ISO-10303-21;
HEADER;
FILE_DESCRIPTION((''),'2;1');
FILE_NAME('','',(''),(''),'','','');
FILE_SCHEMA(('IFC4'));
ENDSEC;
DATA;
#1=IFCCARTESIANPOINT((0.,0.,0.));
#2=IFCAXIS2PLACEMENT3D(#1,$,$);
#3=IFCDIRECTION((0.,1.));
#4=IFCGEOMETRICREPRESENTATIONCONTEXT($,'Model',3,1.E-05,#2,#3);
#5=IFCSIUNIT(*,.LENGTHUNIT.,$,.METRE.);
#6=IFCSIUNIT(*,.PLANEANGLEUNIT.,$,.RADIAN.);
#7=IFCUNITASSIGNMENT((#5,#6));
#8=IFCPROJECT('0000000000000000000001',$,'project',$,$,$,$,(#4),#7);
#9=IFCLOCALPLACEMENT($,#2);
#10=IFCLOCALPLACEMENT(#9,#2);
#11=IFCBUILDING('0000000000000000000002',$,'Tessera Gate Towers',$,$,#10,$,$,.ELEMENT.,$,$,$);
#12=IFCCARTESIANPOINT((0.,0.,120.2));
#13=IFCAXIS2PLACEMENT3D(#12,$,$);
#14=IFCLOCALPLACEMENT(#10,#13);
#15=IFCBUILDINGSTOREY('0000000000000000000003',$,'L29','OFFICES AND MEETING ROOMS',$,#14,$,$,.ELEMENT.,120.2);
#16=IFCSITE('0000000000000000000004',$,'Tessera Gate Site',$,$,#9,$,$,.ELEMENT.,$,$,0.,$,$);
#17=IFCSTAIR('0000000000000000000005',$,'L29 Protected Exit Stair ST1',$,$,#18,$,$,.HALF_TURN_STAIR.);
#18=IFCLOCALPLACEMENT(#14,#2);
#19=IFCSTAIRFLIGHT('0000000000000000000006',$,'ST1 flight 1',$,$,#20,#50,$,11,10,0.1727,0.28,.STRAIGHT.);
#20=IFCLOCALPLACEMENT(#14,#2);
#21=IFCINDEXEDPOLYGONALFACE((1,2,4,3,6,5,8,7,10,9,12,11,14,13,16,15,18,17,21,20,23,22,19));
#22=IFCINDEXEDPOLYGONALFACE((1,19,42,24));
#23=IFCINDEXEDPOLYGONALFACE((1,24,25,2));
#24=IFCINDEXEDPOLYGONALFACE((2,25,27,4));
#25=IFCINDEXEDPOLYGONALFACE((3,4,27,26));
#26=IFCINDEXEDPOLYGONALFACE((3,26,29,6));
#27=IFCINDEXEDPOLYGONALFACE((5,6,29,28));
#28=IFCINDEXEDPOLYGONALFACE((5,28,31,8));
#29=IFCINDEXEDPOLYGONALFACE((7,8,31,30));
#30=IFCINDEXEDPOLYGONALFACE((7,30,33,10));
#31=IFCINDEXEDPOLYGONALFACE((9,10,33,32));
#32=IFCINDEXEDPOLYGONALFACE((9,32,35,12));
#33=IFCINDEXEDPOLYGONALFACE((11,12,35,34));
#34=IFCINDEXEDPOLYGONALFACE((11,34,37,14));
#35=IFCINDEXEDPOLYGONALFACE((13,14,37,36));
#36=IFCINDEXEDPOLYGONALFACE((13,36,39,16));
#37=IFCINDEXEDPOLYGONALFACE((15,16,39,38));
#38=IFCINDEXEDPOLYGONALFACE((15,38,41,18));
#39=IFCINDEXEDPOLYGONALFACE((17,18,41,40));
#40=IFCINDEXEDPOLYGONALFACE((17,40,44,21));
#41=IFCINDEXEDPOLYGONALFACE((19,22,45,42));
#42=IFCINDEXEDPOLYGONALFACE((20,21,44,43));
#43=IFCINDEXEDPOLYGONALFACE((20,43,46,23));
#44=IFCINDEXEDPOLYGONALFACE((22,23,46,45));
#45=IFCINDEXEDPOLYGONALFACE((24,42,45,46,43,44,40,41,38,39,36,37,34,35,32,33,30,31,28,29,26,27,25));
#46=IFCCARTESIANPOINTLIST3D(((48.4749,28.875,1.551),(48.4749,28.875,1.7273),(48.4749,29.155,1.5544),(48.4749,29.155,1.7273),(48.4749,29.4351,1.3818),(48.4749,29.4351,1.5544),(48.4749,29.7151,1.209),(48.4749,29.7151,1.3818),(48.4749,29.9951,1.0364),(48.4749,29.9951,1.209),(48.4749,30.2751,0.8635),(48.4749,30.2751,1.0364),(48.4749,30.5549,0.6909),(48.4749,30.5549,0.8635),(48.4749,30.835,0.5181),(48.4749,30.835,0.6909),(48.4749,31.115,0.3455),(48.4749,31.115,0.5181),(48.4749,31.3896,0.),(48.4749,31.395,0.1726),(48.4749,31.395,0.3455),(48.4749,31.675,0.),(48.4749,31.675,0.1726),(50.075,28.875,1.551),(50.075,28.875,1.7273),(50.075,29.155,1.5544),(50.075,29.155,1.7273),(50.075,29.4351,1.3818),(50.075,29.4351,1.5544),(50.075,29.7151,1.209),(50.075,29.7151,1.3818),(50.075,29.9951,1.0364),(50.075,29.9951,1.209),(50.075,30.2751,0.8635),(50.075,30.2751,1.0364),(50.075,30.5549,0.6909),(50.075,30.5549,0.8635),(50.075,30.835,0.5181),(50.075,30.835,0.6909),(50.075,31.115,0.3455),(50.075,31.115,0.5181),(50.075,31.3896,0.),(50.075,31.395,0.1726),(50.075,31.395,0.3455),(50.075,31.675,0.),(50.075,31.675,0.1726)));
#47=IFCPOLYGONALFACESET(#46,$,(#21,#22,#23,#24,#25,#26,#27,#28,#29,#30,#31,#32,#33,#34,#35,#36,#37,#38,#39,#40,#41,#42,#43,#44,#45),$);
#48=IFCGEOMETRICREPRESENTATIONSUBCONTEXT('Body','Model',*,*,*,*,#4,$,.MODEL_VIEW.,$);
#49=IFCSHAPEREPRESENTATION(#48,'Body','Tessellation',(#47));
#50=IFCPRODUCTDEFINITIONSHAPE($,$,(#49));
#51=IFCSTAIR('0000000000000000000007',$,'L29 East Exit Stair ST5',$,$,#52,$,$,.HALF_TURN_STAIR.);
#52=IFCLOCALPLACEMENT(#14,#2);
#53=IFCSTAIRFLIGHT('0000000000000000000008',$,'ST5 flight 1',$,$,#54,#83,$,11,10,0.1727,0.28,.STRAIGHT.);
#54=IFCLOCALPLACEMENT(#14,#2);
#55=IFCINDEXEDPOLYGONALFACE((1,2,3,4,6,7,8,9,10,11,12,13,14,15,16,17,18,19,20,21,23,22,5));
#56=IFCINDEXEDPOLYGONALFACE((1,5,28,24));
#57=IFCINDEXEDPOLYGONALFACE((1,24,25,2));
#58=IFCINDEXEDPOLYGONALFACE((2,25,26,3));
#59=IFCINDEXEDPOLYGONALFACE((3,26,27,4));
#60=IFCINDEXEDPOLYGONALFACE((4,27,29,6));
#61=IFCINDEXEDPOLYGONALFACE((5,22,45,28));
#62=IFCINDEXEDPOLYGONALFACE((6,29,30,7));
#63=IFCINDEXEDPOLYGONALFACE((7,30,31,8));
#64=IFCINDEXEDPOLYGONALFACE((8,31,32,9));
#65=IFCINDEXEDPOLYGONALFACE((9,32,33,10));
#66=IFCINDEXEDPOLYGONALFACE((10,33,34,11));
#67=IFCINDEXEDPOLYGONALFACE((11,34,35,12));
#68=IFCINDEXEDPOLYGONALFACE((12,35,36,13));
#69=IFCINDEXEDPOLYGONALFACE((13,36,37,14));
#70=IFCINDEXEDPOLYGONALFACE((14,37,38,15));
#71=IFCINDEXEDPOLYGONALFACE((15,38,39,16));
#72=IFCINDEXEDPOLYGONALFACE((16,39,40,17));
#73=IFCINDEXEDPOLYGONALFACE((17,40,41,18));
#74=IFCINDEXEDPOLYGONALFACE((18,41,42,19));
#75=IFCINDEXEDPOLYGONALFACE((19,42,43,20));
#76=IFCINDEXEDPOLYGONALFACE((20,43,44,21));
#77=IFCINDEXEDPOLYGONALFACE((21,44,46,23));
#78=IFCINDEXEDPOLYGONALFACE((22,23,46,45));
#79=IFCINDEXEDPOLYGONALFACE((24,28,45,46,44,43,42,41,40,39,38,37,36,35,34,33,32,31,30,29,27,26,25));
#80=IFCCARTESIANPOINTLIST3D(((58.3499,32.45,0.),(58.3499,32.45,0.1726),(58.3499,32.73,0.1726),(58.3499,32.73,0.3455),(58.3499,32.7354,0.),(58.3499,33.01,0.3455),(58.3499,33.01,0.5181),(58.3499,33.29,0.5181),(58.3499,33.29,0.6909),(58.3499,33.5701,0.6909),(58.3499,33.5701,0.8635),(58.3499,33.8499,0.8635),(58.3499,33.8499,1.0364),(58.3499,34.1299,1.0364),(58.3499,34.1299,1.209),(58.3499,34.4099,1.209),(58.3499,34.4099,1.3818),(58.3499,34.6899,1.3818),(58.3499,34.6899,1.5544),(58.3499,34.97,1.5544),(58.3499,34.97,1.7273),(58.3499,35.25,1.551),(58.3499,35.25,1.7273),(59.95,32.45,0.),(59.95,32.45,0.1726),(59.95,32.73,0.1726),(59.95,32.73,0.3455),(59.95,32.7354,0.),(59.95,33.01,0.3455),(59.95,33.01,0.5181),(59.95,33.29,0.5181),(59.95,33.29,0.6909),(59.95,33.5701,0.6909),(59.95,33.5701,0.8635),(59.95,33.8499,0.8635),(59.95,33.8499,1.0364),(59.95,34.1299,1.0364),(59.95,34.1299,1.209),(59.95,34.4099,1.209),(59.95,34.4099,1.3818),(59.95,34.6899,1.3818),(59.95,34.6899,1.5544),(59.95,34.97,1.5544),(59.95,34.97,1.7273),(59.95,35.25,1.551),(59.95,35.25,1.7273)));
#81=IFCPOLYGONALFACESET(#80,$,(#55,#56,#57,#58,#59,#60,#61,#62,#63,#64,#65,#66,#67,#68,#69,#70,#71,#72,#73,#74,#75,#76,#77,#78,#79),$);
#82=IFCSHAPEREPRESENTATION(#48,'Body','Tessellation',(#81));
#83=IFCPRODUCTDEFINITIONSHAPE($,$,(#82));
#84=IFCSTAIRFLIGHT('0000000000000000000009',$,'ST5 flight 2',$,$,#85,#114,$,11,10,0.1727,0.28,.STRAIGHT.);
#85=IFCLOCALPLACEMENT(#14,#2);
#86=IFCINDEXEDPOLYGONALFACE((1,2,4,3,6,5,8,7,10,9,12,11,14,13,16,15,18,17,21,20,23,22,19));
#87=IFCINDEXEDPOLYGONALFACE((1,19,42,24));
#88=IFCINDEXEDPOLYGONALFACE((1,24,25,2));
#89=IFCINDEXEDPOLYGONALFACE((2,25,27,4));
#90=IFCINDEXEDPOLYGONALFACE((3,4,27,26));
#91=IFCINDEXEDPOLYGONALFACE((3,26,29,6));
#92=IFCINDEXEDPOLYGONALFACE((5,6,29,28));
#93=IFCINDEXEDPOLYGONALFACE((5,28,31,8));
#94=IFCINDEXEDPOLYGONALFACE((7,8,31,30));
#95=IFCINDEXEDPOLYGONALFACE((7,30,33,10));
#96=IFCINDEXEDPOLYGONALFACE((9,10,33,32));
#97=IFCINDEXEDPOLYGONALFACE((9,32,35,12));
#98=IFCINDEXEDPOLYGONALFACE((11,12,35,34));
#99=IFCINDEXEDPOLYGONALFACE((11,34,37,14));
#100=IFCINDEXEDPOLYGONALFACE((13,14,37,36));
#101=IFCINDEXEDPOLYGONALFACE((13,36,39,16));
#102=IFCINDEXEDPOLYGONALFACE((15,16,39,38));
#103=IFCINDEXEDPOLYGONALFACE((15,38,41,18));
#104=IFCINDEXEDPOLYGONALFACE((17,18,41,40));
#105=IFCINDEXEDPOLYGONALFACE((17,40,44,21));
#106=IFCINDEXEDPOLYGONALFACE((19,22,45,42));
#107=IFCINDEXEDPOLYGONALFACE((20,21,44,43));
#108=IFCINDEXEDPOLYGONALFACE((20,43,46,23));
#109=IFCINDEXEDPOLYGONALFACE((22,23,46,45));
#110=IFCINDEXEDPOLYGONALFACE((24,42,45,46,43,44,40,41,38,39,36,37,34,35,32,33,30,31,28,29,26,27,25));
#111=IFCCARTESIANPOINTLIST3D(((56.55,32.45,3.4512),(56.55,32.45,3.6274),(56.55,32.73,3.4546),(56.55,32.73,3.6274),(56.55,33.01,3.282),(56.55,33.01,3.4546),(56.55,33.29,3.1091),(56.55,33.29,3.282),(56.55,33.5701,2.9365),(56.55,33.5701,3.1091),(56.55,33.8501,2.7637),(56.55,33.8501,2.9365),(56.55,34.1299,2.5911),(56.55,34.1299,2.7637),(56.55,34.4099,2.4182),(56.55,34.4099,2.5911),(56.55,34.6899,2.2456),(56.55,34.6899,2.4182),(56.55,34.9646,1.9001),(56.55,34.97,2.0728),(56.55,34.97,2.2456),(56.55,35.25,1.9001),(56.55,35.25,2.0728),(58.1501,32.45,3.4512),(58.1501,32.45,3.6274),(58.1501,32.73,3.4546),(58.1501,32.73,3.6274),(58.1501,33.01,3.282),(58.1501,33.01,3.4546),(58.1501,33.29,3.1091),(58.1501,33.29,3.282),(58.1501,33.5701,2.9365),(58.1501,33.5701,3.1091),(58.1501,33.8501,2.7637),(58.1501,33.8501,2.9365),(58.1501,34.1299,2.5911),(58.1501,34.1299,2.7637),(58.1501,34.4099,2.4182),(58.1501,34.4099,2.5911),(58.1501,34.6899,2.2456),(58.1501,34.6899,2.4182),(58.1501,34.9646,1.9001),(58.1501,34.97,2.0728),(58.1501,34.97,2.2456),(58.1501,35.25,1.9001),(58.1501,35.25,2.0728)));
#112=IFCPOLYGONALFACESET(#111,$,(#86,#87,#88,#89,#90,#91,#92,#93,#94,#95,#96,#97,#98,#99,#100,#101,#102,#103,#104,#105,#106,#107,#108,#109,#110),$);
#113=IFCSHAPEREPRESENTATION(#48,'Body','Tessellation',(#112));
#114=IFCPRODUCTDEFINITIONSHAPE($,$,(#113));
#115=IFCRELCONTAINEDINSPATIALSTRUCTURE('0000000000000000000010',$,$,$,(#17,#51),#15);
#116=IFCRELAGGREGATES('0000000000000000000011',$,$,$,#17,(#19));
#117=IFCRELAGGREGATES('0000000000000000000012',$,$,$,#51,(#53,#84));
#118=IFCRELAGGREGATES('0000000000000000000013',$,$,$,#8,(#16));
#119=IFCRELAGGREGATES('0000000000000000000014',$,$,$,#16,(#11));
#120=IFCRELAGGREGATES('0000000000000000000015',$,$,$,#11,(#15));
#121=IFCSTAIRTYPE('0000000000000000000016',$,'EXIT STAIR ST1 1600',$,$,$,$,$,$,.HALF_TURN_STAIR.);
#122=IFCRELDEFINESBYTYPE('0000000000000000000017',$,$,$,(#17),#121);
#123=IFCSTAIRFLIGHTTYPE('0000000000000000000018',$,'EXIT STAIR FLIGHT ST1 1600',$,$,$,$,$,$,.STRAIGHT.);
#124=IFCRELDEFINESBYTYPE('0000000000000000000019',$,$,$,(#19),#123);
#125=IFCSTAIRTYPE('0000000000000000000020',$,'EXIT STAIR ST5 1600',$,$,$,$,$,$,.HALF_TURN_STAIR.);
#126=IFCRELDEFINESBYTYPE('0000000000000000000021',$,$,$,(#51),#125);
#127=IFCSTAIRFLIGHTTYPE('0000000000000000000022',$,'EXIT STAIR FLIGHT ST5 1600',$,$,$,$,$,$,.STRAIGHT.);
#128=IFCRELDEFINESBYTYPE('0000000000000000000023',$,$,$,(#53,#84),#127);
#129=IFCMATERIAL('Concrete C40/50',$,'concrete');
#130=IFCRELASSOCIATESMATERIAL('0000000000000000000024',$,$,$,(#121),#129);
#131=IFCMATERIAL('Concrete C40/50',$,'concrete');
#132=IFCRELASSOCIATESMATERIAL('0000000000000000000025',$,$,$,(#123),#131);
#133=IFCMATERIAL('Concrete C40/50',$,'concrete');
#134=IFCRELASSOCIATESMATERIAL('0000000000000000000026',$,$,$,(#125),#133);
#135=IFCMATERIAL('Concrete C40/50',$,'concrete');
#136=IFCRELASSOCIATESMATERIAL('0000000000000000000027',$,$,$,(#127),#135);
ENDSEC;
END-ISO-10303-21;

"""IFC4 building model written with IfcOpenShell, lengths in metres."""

from ifc_helpers import new_model, si_unit, direction, frame, origin, place, context, subcontext, project, spatial, polyline, outline, extrude, material, type_object, element, aggregate, save


model = new_model("IFC4")

# Units and contexts
model_context = context("Model", 3, precision=1e-05, world=origin(), true_north=direction((0.0, 1.0)))
body_context = subcontext(model_context, "Body", "Model", "MODEL_VIEW")
ifc_project = project(units=[si_unit("LENGTHUNIT", "METRE"), si_unit("PLANEANGLEUNIT", "RADIAN")], contexts=[model_context])

# Site, building, storey
site_placement = place(None, origin())
site = spatial("IfcSite", under=ifc_project, at=site_placement, Name="Tessera Gate Site", CompositionType="ELEMENT", RefElevation=0.0)
building_placement = place(site_placement, origin())
building = spatial("IfcBuilding", under=site, at=building_placement, Name="Tessera Gate Towers", CompositionType="ELEMENT")
storey_placement = place(building_placement, frame((0.0, 0.0, 120.2)))
storey = spatial("IfcBuildingStorey", under=building, at=storey_placement, Name="L29", Description="OFFICES AND MEETING ROOMS", CompositionType="ELEMENT", Elevation=120.2)

# Stair, stair flight
ifc_material_1 = material(Name="Concrete C40/50", Category="concrete")
stair_type_1 = type_object("IfcStairType", Name="EXIT STAIR ST1 1600", PredefinedType="HALF_TURN_STAIR", material=ifc_material_1)
stair_1_placement = place(storey_placement, origin())
stair_1 = element("IfcStair", 1, at=stair_1_placement, inside=storey, type_object=stair_type_1, Name="L29 Protected Exit Stair ST1", PredefinedType="HALF_TURN_STAIR")
ifc_material_2 = material(Name="Concrete C40/50", Category="concrete")
stair_flight_type_1 = type_object("IfcStairFlightType", Name="EXIT STAIR FLIGHT ST1 1600", PredefinedType="STRAIGHT", material=ifc_material_2)
stair_flight_1_placement = place(storey_placement, frame((49.2749, 31.675, 0.0), z_axis=(0.0, 0.0, 1.0), x_axis=(0.0, -1.0, 0.0)))
stair_flight_1 = element("IfcStairFlight", 2, at=stair_flight_1_placement, type_object=stair_flight_type_1, Name="ST1 flight 1", NumberOfRisers=11, NumberOfTreads=10, PredefinedType="STRAIGHT", RiserHeight=0.1727, TreadLength=0.28, context=body_context, shape_type="SweptSolid", body=[
    extrude(outline(polyline([(0.0, 0.0), (0.0, 0.1726), (0.28, 0.1726), (0.28, 0.3455), (0.5601, 0.3455), (0.5601, 0.5181), (0.8401, 0.5181), (0.8401, 0.6909), (1.1201, 0.6909), (1.1201, 0.8635), (1.3999, 0.8635), (1.3999, 1.0364), (1.6799, 1.0364), (1.6799, 1.209), (1.96, 1.209), (1.96, 1.3818), (2.24, 1.3818), (2.24, 1.5544), (2.52, 1.5544), (2.52, 1.7273), (2.8, 1.7273), (2.8, 1.8999), (2.8, 1.551), (0.2854, 0.0), (0.0, 0.0)])), frame((0.0, 0.8, 0.0), z_axis=(0.0, -1.0, 0.0), x_axis=(1.0, 0.0, 0.0)), (0.0, 0.0, 1.0), 1.6001),
])
aggregate(stair_1, [stair_flight_1])

# Stair, stair flights
ifc_material_3 = material(Name="Concrete C40/50", Category="concrete")
stair_type_2 = type_object("IfcStairType", Name="EXIT STAIR ST5 1600", PredefinedType="HALF_TURN_STAIR", material=ifc_material_3)
stair_2_placement = place(storey_placement, origin())
stair_2 = element("IfcStair", 3, at=stair_2_placement, inside=storey, type_object=stair_type_2, Name="L29 East Exit Stair ST5", PredefinedType="HALF_TURN_STAIR")
ifc_material_4 = material(Name="Concrete C40/50", Category="concrete")
stair_flight_type_2 = type_object("IfcStairFlightType", Name="EXIT STAIR FLIGHT ST5 1600", PredefinedType="STRAIGHT", material=ifc_material_4)
stair_flight_2_placement = place(storey_placement, frame((59.1499, 32.45, 0.0), z_axis=(0.0, 0.0, 1.0), x_axis=(0.0, 1.0, 0.0)))
stair_flight_2 = element("IfcStairFlight", 4, at=stair_flight_2_placement, type_object=stair_flight_type_2, Name="ST5 flight 1", NumberOfRisers=11, NumberOfTreads=10, PredefinedType="STRAIGHT", RiserHeight=0.1727, TreadLength=0.28, context=body_context, shape_type="SweptSolid", body=[
    extrude(outline(polyline([(0.0, 0.0), (0.0, 0.1726), (0.28, 0.1726), (0.28, 0.3455), (0.5601, 0.3455), (0.5601, 0.5181), (0.8401, 0.5181), (0.8401, 0.6909), (1.1201, 0.6909), (1.1201, 0.8635), (1.3999, 0.8635), (1.3999, 1.0364), (1.6799, 1.0364), (1.6799, 1.209), (1.96, 1.209), (1.96, 1.3818), (2.24, 1.3818), (2.24, 1.5544), (2.52, 1.5544), (2.52, 1.7273), (2.8, 1.7273), (2.8, 1.8999), (2.8, 1.551), (0.2854, 0.0), (0.0, 0.0)])), frame((0.0, 0.8, 0.0), z_axis=(0.0, -1.0, 0.0), x_axis=(1.0, 0.0, 0.0)), (0.0, 0.0, 1.0), 1.6001),
])
stair_flight_3_placement = place(storey_placement, frame((57.3501, 35.25, 1.9001), z_axis=(0.0, 0.0, 1.0), x_axis=(0.0, -1.0, 0.0)))
stair_flight_3 = element("IfcStairFlight", 5, at=stair_flight_3_placement, type_object=stair_flight_type_2, Name="ST5 flight 2", NumberOfRisers=11, NumberOfTreads=10, PredefinedType="STRAIGHT", RiserHeight=0.1727, TreadLength=0.28, context=body_context, shape_type="SweptSolid", body=[
    extrude(outline(polyline([(0.0, 0.0), (0.0, 0.1726), (0.28, 0.1726), (0.28, 0.3455), (0.5601, 0.3455), (0.5601, 0.5181), (0.8401, 0.5181), (0.8401, 0.6909), (1.1201, 0.6909), (1.1201, 0.8635), (1.3999, 0.8635), (1.3999, 1.0364), (1.6799, 1.0364), (1.6799, 1.209), (1.96, 1.209), (1.96, 1.3818), (2.24, 1.3818), (2.24, 1.5544), (2.52, 1.5544), (2.52, 1.7273), (2.8, 1.7273), (2.8, 1.8999), (2.8, 1.551), (0.2854, 0.0), (0.0, 0.0)])), frame((0.0, 0.8, 0.0), z_axis=(0.0, -1.0, 0.0), x_axis=(1.0, 0.0, 0.0)), (0.0, 0.0, 1.0), 1.6001),
])
aggregate(stair_2, [stair_flight_2, stair_flight_3])

save(model, "model.ifc")
